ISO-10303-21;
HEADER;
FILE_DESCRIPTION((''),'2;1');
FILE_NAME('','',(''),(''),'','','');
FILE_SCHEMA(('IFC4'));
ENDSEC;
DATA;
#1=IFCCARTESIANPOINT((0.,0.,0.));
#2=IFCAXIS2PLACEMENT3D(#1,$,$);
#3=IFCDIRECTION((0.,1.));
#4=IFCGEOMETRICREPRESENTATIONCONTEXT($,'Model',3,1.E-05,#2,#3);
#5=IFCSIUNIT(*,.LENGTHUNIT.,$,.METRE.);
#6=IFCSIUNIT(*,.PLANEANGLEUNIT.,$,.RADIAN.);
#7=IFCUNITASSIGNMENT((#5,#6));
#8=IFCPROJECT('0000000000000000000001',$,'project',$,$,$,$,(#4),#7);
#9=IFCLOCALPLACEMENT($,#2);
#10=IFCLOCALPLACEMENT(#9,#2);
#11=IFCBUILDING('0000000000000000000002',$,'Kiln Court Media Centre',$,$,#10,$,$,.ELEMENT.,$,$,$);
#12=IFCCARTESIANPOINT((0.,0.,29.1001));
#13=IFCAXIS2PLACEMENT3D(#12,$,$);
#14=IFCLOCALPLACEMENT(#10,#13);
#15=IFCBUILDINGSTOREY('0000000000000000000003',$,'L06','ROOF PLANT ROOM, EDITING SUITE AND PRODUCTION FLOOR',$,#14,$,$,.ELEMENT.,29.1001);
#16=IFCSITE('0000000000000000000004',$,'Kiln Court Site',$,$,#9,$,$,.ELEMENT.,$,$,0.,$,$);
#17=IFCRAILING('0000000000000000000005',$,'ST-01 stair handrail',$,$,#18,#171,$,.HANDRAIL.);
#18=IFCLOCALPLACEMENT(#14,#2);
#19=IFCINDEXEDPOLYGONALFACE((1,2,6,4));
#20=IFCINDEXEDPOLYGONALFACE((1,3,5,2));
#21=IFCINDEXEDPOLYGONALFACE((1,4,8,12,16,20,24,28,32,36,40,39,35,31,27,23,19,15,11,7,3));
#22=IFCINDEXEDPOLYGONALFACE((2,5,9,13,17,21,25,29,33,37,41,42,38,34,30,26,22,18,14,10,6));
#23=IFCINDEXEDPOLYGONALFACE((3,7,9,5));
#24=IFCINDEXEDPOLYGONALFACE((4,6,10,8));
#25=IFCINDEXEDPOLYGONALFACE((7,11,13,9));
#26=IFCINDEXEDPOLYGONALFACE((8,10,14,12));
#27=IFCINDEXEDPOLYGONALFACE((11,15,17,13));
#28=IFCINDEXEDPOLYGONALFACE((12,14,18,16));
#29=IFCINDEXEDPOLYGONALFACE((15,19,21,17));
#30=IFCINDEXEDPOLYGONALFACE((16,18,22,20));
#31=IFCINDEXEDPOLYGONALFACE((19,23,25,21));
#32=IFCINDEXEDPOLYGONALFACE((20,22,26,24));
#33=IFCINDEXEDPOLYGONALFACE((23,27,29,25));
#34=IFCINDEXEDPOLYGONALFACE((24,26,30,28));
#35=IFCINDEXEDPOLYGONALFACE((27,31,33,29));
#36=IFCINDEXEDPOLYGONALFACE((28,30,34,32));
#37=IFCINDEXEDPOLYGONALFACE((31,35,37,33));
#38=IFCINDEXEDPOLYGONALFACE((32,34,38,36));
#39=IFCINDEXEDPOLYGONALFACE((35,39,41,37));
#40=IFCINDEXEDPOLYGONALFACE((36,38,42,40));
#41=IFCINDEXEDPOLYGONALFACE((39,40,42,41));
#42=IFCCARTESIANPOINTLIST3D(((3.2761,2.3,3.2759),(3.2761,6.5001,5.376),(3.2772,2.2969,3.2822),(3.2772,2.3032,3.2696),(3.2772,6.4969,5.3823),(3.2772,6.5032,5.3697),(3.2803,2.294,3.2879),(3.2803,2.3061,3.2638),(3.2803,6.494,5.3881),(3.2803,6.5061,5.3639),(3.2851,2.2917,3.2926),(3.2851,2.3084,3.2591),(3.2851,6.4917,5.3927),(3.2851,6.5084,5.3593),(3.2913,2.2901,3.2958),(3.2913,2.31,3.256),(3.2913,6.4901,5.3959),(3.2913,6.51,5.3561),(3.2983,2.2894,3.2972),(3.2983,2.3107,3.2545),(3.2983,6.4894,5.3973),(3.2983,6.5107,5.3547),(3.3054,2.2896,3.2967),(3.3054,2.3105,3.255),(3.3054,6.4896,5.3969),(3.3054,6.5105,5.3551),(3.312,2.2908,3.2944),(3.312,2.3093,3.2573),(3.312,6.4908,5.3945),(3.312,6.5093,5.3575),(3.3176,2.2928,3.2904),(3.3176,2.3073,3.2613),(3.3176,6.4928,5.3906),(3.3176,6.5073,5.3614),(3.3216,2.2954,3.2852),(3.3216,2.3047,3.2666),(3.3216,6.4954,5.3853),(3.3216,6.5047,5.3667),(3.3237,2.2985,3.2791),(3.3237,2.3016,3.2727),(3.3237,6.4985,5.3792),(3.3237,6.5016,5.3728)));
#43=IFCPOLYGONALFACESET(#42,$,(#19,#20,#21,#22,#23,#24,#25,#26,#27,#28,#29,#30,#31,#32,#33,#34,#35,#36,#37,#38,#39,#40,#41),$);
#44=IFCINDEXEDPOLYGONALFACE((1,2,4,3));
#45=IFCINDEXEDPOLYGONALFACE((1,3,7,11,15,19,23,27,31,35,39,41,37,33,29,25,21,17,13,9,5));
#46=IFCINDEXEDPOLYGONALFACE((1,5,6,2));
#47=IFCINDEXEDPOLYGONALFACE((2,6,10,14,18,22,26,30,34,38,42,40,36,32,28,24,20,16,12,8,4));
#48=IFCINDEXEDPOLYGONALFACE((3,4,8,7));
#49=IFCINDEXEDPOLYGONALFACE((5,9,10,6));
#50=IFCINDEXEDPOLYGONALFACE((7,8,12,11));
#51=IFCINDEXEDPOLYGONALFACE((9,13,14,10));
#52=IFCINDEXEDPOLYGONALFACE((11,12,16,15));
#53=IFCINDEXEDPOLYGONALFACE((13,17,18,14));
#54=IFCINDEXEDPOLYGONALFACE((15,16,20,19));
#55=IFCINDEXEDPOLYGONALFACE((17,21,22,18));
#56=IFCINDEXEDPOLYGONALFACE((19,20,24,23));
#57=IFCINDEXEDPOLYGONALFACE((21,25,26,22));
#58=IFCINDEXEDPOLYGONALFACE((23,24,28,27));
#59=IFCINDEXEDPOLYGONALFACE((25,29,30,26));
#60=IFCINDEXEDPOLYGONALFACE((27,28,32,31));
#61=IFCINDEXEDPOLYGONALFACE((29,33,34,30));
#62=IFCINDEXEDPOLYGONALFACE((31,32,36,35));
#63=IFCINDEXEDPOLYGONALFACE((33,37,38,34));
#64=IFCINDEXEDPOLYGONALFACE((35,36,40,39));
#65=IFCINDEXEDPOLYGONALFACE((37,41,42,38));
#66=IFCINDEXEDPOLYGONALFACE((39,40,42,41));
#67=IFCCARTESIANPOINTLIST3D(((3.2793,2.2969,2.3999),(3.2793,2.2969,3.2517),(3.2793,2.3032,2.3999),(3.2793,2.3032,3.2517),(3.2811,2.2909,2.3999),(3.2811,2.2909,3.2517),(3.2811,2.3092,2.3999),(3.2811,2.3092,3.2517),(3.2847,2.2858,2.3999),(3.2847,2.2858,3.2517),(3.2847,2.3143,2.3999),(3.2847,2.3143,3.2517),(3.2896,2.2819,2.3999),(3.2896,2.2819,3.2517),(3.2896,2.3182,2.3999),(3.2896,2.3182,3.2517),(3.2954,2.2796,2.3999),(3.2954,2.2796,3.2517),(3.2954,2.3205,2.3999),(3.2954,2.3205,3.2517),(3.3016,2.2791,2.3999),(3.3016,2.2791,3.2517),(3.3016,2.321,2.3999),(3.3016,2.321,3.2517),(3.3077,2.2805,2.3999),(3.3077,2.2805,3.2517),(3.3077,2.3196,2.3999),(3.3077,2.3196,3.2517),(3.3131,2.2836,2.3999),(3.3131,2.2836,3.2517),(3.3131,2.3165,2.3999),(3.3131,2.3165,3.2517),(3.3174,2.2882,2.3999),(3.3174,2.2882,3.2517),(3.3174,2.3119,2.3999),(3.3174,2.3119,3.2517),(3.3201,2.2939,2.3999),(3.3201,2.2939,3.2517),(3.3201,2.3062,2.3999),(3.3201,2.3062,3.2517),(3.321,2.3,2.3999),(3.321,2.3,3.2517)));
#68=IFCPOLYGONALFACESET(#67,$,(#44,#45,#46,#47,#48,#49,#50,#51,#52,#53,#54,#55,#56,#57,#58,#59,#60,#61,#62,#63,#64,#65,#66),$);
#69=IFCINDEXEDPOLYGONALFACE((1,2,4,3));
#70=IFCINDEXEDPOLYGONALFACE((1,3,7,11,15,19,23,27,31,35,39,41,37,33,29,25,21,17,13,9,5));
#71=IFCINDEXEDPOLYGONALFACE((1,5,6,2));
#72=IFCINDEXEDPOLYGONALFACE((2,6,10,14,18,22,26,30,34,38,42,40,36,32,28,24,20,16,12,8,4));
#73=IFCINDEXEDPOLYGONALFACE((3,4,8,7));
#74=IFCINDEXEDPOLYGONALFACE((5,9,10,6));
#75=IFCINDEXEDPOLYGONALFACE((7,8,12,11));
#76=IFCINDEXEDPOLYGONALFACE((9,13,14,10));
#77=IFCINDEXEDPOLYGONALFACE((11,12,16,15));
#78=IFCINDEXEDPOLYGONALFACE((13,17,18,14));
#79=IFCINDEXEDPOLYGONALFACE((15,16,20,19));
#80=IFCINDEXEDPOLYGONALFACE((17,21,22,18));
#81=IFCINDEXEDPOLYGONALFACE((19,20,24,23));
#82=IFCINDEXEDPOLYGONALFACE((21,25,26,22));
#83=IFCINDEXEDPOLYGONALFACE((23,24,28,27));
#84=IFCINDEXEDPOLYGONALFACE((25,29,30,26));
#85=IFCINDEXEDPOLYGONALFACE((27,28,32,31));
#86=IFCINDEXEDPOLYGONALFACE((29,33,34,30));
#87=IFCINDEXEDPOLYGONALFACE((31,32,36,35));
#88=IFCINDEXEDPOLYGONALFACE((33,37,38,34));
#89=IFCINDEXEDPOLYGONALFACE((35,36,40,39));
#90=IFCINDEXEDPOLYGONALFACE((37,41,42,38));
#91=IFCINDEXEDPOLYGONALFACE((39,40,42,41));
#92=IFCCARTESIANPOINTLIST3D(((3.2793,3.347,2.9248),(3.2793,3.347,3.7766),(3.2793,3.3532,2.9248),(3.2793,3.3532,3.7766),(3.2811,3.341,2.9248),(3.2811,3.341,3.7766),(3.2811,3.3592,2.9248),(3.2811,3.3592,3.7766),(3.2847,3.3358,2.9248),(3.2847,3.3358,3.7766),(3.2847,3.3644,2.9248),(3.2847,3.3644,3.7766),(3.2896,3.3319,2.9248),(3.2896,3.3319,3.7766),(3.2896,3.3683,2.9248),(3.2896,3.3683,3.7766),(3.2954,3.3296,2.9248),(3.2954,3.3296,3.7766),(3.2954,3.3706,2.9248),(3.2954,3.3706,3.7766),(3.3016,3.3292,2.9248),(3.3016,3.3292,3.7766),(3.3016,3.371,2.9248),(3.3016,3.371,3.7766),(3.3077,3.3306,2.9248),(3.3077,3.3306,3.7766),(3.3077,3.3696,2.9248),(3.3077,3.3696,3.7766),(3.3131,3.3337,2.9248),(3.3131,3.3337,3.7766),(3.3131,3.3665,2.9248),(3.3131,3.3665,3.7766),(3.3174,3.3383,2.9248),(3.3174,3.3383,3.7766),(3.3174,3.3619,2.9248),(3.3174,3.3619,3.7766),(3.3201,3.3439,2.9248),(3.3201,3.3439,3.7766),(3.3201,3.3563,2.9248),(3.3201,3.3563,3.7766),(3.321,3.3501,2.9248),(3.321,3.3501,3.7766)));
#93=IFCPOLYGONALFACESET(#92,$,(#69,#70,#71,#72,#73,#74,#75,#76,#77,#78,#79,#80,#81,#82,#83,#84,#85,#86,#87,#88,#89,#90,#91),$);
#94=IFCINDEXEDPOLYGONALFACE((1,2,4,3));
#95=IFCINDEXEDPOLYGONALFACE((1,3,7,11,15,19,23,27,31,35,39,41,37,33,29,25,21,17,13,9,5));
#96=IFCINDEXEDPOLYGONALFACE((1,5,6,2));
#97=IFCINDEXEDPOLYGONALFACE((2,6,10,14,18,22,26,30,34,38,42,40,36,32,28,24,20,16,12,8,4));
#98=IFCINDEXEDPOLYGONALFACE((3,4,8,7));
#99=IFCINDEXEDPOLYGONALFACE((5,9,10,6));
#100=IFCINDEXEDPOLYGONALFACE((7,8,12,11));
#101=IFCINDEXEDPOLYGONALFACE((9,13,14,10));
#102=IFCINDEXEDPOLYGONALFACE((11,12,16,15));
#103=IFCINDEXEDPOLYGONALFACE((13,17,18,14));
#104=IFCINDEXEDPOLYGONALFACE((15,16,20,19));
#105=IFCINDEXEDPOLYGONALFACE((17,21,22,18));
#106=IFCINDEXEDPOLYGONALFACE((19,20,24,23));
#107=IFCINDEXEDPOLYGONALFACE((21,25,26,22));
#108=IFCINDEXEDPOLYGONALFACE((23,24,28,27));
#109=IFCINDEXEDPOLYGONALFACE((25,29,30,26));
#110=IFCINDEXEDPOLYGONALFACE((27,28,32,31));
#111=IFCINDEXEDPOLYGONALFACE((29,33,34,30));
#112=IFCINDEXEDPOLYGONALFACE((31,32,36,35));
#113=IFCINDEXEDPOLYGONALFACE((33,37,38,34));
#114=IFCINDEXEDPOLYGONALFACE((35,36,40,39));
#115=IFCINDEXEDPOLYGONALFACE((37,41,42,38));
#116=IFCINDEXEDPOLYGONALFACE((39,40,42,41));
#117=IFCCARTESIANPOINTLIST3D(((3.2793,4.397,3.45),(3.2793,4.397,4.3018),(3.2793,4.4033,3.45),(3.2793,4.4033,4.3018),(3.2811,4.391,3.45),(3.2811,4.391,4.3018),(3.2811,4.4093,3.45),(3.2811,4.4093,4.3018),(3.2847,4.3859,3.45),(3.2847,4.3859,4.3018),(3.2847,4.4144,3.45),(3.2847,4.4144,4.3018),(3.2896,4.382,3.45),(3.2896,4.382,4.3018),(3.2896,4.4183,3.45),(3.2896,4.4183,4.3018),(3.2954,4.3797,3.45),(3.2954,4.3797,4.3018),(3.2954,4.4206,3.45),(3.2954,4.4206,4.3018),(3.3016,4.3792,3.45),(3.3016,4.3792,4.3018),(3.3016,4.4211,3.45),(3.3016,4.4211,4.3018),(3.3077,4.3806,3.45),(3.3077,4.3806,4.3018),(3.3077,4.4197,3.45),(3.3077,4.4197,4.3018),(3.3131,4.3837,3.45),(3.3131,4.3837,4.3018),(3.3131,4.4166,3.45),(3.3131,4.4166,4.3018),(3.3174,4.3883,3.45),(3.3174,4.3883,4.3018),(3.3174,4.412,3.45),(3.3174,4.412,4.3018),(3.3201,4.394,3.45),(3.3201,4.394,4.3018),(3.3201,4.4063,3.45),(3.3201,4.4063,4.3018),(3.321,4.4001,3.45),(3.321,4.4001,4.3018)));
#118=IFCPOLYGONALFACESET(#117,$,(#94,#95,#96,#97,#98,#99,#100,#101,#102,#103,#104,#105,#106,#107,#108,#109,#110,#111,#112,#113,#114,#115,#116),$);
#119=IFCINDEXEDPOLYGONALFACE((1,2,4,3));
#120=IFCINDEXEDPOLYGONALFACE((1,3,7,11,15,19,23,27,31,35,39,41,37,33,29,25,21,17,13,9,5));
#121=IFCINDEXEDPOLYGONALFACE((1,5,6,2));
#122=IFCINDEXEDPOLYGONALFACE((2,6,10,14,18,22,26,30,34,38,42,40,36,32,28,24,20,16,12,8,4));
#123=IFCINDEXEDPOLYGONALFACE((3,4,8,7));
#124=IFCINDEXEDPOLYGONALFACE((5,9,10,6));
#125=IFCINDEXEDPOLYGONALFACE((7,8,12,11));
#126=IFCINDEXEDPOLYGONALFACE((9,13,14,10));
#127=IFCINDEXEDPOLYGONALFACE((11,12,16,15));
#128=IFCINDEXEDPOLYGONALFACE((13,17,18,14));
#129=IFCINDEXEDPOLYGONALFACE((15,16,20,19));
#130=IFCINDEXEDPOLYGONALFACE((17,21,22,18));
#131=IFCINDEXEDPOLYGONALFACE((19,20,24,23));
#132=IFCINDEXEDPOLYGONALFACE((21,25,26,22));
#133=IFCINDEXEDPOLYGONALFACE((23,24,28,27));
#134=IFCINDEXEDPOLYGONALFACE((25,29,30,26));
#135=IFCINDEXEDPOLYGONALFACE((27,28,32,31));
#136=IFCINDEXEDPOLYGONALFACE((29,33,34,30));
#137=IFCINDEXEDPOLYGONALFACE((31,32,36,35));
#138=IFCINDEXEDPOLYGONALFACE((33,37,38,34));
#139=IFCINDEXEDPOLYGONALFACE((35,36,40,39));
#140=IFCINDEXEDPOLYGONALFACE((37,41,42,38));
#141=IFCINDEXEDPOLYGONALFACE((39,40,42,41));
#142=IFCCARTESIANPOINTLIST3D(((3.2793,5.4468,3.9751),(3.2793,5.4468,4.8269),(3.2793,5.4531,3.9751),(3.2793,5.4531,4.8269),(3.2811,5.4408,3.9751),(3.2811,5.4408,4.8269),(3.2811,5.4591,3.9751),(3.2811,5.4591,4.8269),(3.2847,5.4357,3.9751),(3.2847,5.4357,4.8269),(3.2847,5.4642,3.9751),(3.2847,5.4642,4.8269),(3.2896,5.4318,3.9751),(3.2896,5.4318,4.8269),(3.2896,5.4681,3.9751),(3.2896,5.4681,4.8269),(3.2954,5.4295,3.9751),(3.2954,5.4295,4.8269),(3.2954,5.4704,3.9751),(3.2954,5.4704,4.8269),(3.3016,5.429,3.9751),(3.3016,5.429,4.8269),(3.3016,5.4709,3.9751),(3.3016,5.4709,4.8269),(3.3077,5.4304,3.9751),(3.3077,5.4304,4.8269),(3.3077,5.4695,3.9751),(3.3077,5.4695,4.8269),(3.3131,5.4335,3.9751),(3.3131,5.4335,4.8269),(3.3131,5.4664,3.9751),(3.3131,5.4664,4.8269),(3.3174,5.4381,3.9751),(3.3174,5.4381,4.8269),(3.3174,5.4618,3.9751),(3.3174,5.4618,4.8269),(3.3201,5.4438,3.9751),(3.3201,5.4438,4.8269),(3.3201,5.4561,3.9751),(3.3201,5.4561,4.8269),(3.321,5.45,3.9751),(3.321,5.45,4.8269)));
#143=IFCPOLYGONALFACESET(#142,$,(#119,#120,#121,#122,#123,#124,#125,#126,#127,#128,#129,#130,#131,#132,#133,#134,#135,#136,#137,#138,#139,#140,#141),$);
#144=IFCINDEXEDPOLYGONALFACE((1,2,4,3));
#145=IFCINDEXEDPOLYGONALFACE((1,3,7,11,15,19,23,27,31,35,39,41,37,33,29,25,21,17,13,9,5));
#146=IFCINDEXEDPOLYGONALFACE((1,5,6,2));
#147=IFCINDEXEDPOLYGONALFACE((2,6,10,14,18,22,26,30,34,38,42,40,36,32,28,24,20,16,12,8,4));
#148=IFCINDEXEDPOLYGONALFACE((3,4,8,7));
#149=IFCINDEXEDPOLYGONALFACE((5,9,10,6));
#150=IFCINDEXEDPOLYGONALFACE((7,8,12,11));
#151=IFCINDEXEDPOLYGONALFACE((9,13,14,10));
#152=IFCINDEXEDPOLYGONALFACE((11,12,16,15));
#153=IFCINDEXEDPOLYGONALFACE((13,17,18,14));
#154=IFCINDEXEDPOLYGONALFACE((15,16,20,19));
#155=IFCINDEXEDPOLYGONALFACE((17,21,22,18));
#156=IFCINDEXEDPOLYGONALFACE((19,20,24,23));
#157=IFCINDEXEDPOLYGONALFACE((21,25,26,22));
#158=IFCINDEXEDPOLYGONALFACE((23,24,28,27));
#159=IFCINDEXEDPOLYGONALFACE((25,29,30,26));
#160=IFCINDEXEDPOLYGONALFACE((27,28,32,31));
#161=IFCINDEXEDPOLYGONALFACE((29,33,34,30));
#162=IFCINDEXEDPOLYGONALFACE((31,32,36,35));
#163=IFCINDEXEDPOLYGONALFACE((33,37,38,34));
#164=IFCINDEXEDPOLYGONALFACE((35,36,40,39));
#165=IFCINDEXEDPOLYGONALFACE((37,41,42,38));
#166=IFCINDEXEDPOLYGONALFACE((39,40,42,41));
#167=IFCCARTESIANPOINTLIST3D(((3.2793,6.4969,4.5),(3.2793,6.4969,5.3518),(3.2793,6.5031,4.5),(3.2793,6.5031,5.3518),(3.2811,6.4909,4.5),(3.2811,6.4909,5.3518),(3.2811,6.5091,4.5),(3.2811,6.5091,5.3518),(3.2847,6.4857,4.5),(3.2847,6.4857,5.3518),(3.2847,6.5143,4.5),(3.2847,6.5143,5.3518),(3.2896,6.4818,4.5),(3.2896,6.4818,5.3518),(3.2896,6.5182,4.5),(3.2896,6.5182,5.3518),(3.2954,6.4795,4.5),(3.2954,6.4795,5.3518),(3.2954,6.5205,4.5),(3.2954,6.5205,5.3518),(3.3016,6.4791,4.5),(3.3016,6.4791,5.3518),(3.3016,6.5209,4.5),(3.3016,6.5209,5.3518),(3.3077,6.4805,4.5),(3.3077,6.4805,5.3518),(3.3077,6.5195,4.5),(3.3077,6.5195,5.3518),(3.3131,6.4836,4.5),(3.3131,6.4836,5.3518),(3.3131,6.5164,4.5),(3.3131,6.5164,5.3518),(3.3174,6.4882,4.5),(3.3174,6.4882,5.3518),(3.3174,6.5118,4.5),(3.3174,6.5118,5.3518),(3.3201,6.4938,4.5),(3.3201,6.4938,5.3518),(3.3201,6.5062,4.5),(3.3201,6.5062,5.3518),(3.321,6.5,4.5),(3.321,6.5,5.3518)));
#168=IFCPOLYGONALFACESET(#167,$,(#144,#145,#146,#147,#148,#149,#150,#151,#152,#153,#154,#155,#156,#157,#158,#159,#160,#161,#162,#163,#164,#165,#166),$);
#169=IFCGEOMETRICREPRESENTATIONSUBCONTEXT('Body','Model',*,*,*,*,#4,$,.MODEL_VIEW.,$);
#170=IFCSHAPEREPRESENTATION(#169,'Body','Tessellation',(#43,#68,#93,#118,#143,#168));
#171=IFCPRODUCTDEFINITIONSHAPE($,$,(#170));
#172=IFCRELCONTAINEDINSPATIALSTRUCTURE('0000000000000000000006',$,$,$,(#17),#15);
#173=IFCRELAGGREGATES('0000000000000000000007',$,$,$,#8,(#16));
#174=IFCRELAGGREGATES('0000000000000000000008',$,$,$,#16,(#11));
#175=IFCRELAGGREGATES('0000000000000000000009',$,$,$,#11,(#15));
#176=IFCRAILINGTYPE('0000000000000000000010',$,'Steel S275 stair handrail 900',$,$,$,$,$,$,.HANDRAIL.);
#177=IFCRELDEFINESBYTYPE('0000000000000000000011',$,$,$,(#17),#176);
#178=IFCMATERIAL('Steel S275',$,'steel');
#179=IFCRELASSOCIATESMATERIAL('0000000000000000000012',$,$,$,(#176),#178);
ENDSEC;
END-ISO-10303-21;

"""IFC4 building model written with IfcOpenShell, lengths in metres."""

from ifc_helpers import new_model, si_unit, direction, frame, origin, origin_2d, place, context, subcontext, project, spatial, circle, extrude, material, type_object, element, save


model = new_model("IFC4")

# Units and contexts
model_context = context("Model", 3, precision=1e-05, world=origin(), true_north=direction((0.0, 1.0)))
body_context = subcontext(model_context, "Body", "Model", "MODEL_VIEW")
ifc_project = project(units=[si_unit("LENGTHUNIT", "METRE"), si_unit("PLANEANGLEUNIT", "RADIAN")], contexts=[model_context])

# Site, building, storey
site_placement = place(None, origin())
site = spatial("IfcSite", under=ifc_project, at=site_placement, Name="Kiln Court Site", CompositionType="ELEMENT", RefElevation=0.0)
building_placement = place(site_placement, origin())
building = spatial("IfcBuilding", under=site, at=building_placement, Name="Kiln Court Media Centre", CompositionType="ELEMENT")
storey_placement = place(building_placement, frame((0.0, 0.0, 29.1001)))
storey = spatial("IfcBuildingStorey", under=building, at=storey_placement, Name="L06", Description="ROOF PLANT ROOM, EDITING SUITE AND PRODUCTION FLOOR", CompositionType="ELEMENT", Elevation=29.1001)

# Railing
ifc_material_1 = material(Name="Steel S275", Category="steel")
railing_type_1 = type_object("IfcRailingType", Name="Steel S275 stair handrail 900", PredefinedType="HANDRAIL", material=ifc_material_1)
railing_1_placement = place(storey_placement, frame((3.3, 2.3, 2.3999)))
element("IfcRailing", 1, at=railing_1_placement, inside=storey, type_object=railing_type_1, Name="ST-01 stair handrail", PredefinedType="HANDRAIL", context=body_context, shape_type="SweptSolid", body=[
    extrude(circle(Radius=0.0239, at=origin_2d()), frame((0.0, 0.0, 0.876), z_axis=(0.0, 0.894417, 0.447234), x_axis=(-1.0, 0.0, 0.0)), (0.0, 0.0, 1.0), 4.6958),
    extrude(circle(Radius=0.021, at=origin_2d()), origin(), (0.0, 0.0, 1.0), 0.8518),
    extrude(circle(Radius=0.021, at=origin_2d()), frame((0.0, 1.05, 0.5249)), (0.0, 0.0, 1.0), 0.8518),
    extrude(circle(Radius=0.021, at=origin_2d()), frame((0.0, 2.1001, 1.05)), (0.0, 0.0, 1.0), 0.8518),
    extrude(circle(Radius=0.021, at=origin_2d()), frame((0.0, 3.1499, 1.5752)), (0.0, 0.0, 1.0), 0.8518),
    extrude(circle(Radius=0.021, at=origin_2d()), frame((0.0, 4.2, 2.1001)), (0.0, 0.0, 1.0), 0.8518),
])

save(model, "model.ifc")
